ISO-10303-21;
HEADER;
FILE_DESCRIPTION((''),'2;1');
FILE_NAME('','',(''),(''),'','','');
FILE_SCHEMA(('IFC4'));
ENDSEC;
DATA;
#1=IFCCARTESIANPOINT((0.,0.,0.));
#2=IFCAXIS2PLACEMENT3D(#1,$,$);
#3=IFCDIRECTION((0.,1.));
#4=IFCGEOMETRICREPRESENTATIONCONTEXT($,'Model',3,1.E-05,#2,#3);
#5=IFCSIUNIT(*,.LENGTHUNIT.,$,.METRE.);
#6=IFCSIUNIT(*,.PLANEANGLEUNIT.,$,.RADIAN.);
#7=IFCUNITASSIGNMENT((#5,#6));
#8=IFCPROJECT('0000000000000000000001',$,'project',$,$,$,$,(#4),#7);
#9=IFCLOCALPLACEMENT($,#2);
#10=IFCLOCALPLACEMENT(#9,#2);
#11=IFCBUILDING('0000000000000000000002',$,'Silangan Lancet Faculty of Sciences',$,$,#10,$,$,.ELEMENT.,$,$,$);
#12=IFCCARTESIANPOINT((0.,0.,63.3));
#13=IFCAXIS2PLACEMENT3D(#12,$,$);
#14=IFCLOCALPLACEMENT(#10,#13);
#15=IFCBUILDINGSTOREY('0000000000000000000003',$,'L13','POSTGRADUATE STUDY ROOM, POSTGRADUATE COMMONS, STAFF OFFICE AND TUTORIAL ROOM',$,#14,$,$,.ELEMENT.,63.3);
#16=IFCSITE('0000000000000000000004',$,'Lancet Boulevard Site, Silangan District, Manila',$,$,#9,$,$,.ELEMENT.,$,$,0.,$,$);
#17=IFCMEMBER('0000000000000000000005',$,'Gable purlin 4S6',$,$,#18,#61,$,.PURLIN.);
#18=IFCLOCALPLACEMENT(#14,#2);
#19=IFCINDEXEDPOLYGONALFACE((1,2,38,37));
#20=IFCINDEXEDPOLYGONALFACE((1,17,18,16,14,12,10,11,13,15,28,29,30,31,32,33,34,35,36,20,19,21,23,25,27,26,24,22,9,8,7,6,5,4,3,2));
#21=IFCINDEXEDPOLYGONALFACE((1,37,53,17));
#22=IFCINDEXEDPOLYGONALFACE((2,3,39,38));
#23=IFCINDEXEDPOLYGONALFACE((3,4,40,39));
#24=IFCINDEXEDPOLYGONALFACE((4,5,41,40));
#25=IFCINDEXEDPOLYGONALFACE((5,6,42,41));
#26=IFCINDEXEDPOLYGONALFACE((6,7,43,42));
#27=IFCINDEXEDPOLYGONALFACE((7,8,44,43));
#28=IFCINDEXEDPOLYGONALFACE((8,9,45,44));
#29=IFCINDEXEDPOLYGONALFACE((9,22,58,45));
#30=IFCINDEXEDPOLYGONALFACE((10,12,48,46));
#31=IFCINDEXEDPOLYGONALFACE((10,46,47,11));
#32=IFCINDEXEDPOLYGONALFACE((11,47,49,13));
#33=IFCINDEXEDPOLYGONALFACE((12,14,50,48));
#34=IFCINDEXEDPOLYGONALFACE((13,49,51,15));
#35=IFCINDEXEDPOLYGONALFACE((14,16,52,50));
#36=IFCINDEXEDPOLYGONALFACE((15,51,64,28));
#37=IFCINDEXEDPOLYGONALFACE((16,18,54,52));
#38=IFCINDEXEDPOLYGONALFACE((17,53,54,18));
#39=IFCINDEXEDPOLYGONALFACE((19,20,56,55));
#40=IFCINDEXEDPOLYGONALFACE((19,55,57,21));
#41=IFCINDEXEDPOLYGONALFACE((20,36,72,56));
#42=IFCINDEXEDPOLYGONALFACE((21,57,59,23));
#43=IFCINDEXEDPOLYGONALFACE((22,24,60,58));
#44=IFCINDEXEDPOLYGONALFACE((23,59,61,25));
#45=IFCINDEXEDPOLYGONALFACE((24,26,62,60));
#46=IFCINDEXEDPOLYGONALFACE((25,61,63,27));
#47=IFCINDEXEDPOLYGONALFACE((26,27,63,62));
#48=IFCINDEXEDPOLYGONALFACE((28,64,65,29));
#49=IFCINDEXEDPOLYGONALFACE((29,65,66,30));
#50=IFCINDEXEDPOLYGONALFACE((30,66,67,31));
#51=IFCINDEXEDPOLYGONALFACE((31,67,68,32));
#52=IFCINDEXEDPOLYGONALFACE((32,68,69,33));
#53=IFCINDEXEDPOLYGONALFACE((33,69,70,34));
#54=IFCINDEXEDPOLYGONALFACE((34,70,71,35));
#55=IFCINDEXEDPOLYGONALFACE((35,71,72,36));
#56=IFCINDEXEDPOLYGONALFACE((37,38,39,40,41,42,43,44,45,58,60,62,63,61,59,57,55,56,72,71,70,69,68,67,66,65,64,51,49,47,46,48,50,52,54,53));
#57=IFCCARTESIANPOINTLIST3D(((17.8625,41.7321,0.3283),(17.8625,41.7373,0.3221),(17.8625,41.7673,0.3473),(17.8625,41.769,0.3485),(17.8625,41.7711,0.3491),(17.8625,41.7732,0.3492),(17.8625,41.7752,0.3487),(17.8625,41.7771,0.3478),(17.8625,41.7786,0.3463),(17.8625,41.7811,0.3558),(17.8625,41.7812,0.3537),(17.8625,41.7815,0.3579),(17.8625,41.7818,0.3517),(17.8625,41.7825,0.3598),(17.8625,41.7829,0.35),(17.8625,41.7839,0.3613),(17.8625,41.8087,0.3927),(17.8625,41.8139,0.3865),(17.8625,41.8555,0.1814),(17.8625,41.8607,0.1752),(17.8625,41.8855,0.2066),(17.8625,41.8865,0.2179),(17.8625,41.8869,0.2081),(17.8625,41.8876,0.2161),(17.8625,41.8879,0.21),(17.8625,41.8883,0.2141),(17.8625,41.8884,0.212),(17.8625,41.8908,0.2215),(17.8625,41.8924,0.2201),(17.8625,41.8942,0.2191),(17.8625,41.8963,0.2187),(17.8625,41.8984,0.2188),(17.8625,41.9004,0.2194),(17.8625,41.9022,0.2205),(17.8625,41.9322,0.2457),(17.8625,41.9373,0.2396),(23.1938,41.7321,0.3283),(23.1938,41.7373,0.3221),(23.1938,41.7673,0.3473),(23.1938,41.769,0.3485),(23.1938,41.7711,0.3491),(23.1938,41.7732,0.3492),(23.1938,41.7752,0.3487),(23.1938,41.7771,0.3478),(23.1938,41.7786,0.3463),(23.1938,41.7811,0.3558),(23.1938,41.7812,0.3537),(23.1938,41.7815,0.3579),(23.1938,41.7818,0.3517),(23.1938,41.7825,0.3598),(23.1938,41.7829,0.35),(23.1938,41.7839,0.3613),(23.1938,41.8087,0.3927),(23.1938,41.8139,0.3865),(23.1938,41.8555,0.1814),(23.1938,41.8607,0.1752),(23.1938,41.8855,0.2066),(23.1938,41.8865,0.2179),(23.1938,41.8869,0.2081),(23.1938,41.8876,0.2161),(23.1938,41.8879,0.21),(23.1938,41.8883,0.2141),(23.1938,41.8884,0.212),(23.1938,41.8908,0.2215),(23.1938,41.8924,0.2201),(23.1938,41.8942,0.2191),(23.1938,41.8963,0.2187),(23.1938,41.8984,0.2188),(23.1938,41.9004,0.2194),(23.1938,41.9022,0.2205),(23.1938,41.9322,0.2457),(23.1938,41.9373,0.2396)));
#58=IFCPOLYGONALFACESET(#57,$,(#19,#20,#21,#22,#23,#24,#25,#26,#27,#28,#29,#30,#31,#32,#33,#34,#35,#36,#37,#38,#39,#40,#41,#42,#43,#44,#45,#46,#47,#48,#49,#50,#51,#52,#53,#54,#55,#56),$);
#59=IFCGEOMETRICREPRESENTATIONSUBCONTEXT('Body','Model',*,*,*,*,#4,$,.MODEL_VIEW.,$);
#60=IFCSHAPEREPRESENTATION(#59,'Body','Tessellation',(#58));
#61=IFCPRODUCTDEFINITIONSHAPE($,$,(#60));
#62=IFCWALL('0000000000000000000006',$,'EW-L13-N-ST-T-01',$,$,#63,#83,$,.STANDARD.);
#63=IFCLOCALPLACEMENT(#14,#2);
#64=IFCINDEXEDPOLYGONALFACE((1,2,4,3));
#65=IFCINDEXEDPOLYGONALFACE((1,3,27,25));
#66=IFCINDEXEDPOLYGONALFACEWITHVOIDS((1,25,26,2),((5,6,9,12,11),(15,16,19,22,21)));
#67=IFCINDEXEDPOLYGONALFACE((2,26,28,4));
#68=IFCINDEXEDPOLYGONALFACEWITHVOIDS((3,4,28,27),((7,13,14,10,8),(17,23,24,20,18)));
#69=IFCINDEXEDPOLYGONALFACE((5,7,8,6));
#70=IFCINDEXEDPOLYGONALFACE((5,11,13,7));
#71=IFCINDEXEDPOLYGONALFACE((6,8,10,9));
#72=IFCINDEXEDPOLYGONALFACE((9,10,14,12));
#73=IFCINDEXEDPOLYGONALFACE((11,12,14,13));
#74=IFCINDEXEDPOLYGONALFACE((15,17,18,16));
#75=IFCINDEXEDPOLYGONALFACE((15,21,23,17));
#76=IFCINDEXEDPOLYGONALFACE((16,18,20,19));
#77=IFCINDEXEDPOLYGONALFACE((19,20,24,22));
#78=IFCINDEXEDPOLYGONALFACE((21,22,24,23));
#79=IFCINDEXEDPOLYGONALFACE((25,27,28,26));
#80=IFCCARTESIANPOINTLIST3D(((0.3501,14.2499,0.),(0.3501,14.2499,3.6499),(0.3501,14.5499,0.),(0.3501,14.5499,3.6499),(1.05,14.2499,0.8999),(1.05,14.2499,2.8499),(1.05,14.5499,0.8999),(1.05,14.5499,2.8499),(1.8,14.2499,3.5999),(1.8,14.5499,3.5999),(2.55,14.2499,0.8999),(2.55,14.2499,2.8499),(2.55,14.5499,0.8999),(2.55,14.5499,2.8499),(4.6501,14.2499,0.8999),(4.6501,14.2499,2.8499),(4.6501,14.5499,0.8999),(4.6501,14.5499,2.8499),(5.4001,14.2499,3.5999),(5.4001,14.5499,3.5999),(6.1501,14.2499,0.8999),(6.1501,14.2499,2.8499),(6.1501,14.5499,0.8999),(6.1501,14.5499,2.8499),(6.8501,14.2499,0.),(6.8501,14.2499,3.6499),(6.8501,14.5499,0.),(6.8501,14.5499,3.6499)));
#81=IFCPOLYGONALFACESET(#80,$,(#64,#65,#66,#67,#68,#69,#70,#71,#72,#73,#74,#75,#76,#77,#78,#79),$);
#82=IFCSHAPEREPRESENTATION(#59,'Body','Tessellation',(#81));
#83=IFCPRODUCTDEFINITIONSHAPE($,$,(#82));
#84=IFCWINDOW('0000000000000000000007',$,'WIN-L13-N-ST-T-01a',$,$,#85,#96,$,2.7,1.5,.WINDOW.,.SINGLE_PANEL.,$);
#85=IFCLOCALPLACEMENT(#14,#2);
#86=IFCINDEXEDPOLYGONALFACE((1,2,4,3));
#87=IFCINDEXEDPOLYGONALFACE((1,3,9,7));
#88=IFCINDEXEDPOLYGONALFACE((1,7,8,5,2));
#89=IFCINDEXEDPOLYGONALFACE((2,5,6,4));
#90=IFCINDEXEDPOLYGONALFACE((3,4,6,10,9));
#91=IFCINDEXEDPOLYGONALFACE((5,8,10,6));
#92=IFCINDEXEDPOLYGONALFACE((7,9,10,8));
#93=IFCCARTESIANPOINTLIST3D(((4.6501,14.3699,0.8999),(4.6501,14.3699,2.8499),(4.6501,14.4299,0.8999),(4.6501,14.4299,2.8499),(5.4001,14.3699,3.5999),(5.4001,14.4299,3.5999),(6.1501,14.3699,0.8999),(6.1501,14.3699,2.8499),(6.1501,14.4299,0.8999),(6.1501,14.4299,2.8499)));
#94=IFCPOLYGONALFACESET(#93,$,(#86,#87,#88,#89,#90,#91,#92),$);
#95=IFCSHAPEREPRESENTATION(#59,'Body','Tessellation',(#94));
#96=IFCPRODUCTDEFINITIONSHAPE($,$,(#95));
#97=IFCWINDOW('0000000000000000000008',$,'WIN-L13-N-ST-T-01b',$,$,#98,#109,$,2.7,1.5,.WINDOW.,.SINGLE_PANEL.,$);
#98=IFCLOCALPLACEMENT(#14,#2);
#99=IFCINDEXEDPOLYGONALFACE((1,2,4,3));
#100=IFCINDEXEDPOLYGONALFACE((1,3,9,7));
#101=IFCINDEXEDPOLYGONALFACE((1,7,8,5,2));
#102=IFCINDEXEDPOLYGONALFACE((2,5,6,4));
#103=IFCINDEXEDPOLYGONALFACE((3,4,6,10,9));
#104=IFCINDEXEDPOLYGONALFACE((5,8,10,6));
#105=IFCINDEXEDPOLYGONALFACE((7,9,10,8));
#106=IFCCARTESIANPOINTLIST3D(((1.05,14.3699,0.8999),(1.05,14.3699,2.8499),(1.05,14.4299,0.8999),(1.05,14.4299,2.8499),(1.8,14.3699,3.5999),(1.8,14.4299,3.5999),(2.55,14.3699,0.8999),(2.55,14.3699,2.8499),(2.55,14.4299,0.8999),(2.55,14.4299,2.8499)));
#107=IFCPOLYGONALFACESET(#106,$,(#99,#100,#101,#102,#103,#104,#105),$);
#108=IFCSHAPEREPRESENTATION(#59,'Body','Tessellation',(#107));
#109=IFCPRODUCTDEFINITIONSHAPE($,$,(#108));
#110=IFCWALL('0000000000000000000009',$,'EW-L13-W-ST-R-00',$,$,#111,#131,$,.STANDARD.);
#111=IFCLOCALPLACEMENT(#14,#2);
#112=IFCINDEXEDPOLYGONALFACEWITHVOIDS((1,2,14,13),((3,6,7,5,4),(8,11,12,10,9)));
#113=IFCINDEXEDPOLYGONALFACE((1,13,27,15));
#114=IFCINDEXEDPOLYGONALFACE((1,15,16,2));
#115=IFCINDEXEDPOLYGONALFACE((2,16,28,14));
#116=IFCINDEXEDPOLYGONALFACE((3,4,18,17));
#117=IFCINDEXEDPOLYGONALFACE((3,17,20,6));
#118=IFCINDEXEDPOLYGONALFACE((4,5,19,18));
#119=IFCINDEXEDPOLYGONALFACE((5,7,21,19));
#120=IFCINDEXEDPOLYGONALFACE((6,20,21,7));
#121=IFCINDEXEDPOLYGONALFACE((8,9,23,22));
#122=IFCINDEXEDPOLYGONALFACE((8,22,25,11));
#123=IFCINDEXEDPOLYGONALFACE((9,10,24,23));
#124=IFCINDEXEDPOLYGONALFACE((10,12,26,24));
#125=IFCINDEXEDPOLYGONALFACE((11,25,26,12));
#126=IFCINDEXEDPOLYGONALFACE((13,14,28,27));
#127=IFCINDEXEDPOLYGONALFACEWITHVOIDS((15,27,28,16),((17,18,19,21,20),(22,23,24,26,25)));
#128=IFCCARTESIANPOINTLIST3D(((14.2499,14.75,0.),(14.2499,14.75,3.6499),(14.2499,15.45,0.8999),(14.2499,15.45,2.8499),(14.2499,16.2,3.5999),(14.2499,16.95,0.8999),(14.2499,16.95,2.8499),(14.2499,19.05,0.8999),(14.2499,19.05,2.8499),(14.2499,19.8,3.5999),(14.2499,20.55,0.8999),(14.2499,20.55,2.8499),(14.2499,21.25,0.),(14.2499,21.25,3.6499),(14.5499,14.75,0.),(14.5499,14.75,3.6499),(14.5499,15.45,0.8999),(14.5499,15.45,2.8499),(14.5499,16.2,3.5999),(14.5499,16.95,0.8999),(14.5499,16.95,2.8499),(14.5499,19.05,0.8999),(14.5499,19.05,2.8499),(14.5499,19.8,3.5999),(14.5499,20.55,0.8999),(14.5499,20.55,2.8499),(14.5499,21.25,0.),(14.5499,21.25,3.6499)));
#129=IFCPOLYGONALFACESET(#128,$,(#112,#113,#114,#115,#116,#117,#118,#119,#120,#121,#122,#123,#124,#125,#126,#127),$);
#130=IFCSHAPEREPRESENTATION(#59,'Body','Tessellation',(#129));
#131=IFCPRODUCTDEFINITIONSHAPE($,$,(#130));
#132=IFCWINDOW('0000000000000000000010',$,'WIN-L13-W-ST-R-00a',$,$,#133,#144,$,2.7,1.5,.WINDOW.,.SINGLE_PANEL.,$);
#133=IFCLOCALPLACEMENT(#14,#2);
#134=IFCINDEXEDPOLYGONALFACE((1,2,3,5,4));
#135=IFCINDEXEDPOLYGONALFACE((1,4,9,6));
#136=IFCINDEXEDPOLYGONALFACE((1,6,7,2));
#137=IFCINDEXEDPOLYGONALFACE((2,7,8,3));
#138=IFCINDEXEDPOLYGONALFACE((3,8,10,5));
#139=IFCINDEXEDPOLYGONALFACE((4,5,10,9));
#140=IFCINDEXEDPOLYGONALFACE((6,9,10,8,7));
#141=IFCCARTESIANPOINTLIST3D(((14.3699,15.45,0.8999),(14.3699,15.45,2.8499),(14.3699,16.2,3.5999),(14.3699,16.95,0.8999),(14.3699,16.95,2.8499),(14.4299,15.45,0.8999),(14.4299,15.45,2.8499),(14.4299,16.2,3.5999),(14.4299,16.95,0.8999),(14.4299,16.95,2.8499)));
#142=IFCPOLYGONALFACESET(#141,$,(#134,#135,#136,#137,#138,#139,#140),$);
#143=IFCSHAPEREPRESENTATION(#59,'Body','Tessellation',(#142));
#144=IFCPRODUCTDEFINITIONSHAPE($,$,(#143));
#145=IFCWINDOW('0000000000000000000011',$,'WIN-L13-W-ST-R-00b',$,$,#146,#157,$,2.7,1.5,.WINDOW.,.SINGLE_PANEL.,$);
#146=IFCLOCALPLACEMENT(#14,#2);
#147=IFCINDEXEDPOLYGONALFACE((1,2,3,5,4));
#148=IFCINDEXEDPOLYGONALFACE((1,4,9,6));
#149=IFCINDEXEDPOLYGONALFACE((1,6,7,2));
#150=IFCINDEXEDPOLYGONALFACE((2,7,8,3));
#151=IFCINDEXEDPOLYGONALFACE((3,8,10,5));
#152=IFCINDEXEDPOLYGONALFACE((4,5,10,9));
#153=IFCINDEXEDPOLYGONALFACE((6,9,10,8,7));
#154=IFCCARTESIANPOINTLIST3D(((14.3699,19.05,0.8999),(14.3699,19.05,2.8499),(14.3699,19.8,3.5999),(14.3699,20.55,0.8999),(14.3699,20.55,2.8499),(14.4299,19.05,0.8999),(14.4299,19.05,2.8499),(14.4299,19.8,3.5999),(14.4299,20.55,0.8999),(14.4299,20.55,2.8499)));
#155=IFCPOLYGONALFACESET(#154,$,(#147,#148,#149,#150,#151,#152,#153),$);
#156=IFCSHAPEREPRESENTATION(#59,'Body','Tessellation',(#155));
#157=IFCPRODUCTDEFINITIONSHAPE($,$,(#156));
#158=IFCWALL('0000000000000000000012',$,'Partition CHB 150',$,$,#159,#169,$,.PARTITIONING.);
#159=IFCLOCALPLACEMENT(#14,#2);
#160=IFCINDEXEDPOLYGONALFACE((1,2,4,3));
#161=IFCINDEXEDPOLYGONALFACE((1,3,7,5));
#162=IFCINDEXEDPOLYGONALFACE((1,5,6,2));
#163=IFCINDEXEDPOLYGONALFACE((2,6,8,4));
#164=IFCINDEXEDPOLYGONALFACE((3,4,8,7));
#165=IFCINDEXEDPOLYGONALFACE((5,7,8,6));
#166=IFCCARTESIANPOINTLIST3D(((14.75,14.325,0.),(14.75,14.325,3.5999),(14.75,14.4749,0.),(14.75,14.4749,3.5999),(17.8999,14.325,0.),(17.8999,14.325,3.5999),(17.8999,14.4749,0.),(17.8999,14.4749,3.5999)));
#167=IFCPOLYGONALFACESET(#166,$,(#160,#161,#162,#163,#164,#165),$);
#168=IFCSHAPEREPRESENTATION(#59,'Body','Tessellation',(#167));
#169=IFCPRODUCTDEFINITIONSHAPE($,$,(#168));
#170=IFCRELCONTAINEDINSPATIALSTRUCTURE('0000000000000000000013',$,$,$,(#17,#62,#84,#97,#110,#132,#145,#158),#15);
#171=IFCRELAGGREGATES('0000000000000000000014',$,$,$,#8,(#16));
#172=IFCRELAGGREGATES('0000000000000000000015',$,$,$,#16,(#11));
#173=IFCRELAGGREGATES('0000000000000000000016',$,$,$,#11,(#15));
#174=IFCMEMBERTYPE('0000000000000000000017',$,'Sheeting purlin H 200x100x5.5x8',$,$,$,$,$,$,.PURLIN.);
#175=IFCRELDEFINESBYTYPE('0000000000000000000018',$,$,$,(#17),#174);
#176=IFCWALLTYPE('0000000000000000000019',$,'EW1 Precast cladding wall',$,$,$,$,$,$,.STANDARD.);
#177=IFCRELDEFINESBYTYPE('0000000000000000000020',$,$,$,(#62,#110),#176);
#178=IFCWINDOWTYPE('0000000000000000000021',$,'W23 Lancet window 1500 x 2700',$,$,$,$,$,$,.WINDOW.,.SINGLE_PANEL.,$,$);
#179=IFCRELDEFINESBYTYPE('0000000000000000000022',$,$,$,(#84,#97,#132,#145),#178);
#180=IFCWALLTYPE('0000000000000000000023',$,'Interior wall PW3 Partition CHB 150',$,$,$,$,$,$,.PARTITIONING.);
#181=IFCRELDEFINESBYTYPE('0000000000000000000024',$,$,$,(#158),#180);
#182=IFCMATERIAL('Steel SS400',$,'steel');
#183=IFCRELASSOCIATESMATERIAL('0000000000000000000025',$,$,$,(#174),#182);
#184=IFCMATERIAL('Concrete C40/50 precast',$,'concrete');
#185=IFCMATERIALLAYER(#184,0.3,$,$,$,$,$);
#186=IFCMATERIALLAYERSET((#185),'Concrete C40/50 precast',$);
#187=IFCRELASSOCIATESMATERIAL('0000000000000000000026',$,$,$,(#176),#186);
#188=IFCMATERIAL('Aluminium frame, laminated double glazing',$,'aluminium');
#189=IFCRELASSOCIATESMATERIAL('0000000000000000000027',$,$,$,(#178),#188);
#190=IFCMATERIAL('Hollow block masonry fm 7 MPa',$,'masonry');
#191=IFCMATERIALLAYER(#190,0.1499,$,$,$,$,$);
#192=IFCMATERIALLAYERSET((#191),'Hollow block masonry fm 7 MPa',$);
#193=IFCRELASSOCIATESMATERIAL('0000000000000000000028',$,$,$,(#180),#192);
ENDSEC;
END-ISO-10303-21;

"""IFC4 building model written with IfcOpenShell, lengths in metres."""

from ifc_helpers import new_model, si_unit, direction, frame, frame_2d, origin, origin_2d, place, context, subcontext, project, spatial, polyline, rectangle, i_section, outline, extrude, material, layer, layer_set, material_profile, profile_set, type_object, element, fill, save


model = new_model("IFC4")

# Units and contexts
model_context = context("Model", 3, precision=1e-05, world=origin(), true_north=direction((0.0, 1.0)))
body_context = subcontext(model_context, "Body", "Model", "MODEL_VIEW")
ifc_project = project(units=[si_unit("LENGTHUNIT", "METRE"), si_unit("PLANEANGLEUNIT", "RADIAN")], contexts=[model_context])

# Site, building, storey
site_placement = place(None, origin())
site = spatial("IfcSite", under=ifc_project, at=site_placement, Name="Lancet Boulevard Site, Silangan District, Manila", CompositionType="ELEMENT", RefElevation=0.0)
building_placement = place(site_placement, origin())
building = spatial("IfcBuilding", under=site, at=building_placement, Name="Silangan Lancet Faculty of Sciences", CompositionType="ELEMENT")
storey_placement = place(building_placement, frame((0.0, 0.0, 63.3)))
storey = spatial("IfcBuildingStorey", under=building, at=storey_placement, Name="L13", Description="POSTGRADUATE STUDY ROOM, POSTGRADUATE COMMONS, STAFF OFFICE AND TUTORIAL ROOM", CompositionType="ELEMENT", Elevation=63.3)

# Member
ifc_material_1 = material(Name="Steel SS400", Category="steel")
ifc_material_profile_1 = material_profile(ifc_material_1, i_section(OverallWidth=0.1001, OverallDepth=0.2, WebThickness=0.0056, FlangeThickness=0.0081, FilletRadius=0.0081, at=origin_2d()), Name="H 200x100x5.5x8")
ifc_profile_set_1 = profile_set([ifc_material_profile_1], Name="Steel SS400")
member_type = type_object("IfcMemberType", Name="Sheeting purlin H 200x100x5.5x8", PredefinedType="PURLIN", material=ifc_profile_set_1)
for number, where, z_axis, x_axis, name in (
    (1, (17.8625, 41.8347, 0.2839), (1.0, 0.0, 0.0), (0.0, 0.765705, 0.643192), "Gable purlin 4S6"),
):
    element("IfcMember", number, at=place(storey_placement, frame(where, z_axis=z_axis, x_axis=x_axis)), inside=storey, type_object=member_type, Name=name, PredefinedType="PURLIN", context=body_context, shape_type="SweptSolid", body=[
        extrude(i_section(OverallWidth=0.1001, OverallDepth=0.2, WebThickness=0.0056, FlangeThickness=0.0081, FilletRadius=0.0081, at=origin_2d()), origin(), (0.0, 0.0, 1.0), 5.3313),
    ])

# Walls, openings, windows
ifc_material_2 = material(Name="Concrete C40/50 precast", Category="concrete")
ifc_layer_1 = layer(ifc_material_2, 0.3)
ifc_layer_set_1 = layer_set([ifc_layer_1], Name="Concrete C40/50 precast")
wall_type_1 = type_object("IfcWallType", Name="EW1 Precast cladding wall", PredefinedType="STANDARD", material=ifc_layer_set_1)
wall_1_placement = place(storey_placement, frame((6.8501, 14.3999, 0.0), z_axis=(0.0, 0.0, 1.0), x_axis=(-1.0, 0.0, 0.0)))
wall_1 = element("IfcWall", 2, at=wall_1_placement, inside=storey, type_object=wall_type_1, Name="EW-L13-N-ST-T-01", PredefinedType="STANDARD", context=body_context, shape_type="SweptSolid", body=[
    extrude(rectangle(XDim=6.5, YDim=0.3, at=frame_2d((3.25, 0.0))), origin(), (0.0, 0.0, 1.0), 3.6499),
])
opening_1_placement = place(wall_1_placement, frame((0.7, 0.0, 0.8999)))
opening_1 = element("IfcOpeningElement", 3, at=opening_1_placement, cuts=wall_1, PredefinedType="OPENING", context=body_context, shape_type="SweptSolid", body=[
    extrude(outline(polyline([(0.0, 0.0), (1.5, 0.0), (1.5, 1.95), (0.75, 2.7), (0.0, 1.95), (0.0, 0.0)])), frame((0.0, 0.1599, 0.0), z_axis=(0.0, -1.0, 0.0), x_axis=(1.0, 0.0, 0.0)), (0.0, 0.0, 1.0), 0.3201),
])
opening_2_placement = place(wall_1_placement, frame((4.3, 0.0, 0.8999)))
opening_2 = element("IfcOpeningElement", 4, at=opening_2_placement, cuts=wall_1, PredefinedType="OPENING", context=body_context, shape_type="SweptSolid", body=[
    extrude(outline(polyline([(0.0, 0.0), (1.5, 0.0), (1.5, 1.95), (0.75, 2.7), (0.0, 1.95), (0.0, 0.0)])), frame((0.0, 0.1599, 0.0), z_axis=(0.0, -1.0, 0.0), x_axis=(1.0, 0.0, 0.0)), (0.0, 0.0, 1.0), 0.3201),
])
ifc_material_3 = material(Name="Aluminium frame, laminated double glazing", Category="aluminium")
window_type = type_object("IfcWindowType", Name="W23 Lancet window 1500 x 2700", PartitioningType="SINGLE_PANEL", PredefinedType="WINDOW", material=ifc_material_3)
window_1_placement = place(opening_1_placement, origin())
window_1 = element("IfcWindow", 5, at=window_1_placement, inside=storey, type_object=window_type, Name="WIN-L13-N-ST-T-01a", OverallHeight=2.7, OverallWidth=1.5, PartitioningType="SINGLE_PANEL", PredefinedType="WINDOW", context=body_context, shape_type="SweptSolid", body=[
    extrude(outline(polyline([(0.0, 0.0), (1.5, 0.0), (1.5, 1.95), (0.75, 2.7), (0.0, 1.95), (0.0, 0.0)])), frame((0.0, 0.03, 0.0), z_axis=(0.0, -1.0, 0.0), x_axis=(1.0, 0.0, 0.0)), (0.0, 0.0, 1.0), 0.0601),
])
fill(opening_1, window_1)
window_2_placement = place(opening_2_placement, origin())
window_2 = element("IfcWindow", 6, at=window_2_placement, inside=storey, type_object=window_type, Name="WIN-L13-N-ST-T-01b", OverallHeight=2.7, OverallWidth=1.5, PartitioningType="SINGLE_PANEL", PredefinedType="WINDOW", context=body_context, shape_type="SweptSolid", body=[
    extrude(outline(polyline([(0.0, 0.0), (1.5, 0.0), (1.5, 1.95), (0.75, 2.7), (0.0, 1.95), (0.0, 0.0)])), frame((0.0, 0.03, 0.0), z_axis=(0.0, -1.0, 0.0), x_axis=(1.0, 0.0, 0.0)), (0.0, 0.0, 1.0), 0.0601),
])
fill(opening_2, window_2)
wall_2_placement = place(storey_placement, frame((14.3999, 14.75, 0.0), z_axis=(0.0, 0.0, 1.0), x_axis=(0.0, 1.0, 0.0)))
wall_2 = element("IfcWall", 7, at=wall_2_placement, inside=storey, type_object=wall_type_1, Name="EW-L13-W-ST-R-00", PredefinedType="STANDARD", context=body_context, shape_type="SweptSolid", body=[
    extrude(rectangle(XDim=6.5, YDim=0.3, at=frame_2d((3.25, 0.0))), origin(), (0.0, 0.0, 1.0), 3.6499),
])
opening_3_placement = place(wall_2_placement, frame((0.7, 0.0, 0.8999)))
opening_3 = element("IfcOpeningElement", 8, at=opening_3_placement, cuts=wall_2, PredefinedType="OPENING", context=body_context, shape_type="SweptSolid", body=[
    extrude(outline(polyline([(0.0, 0.0), (1.5, 0.0), (1.5, 1.95), (0.75, 2.7), (0.0, 1.95), (0.0, 0.0)])), frame((0.0, 0.1599, 0.0), z_axis=(0.0, -1.0, 0.0), x_axis=(1.0, 0.0, 0.0)), (0.0, 0.0, 1.0), 0.3201),
])
opening_4_placement = place(wall_2_placement, frame((4.3, 0.0, 0.8999)))
opening_4 = element("IfcOpeningElement", 9, at=opening_4_placement, cuts=wall_2, PredefinedType="OPENING", context=body_context, shape_type="SweptSolid", body=[
    extrude(outline(polyline([(0.0, 0.0), (1.5, 0.0), (1.5, 1.95), (0.75, 2.7), (0.0, 1.95), (0.0, 0.0)])), frame((0.0, 0.1599, 0.0), z_axis=(0.0, -1.0, 0.0), x_axis=(1.0, 0.0, 0.0)), (0.0, 0.0, 1.0), 0.3201),
])
window_3_placement = place(opening_3_placement, origin())
window_3 = element("IfcWindow", 10, at=window_3_placement, inside=storey, type_object=window_type, Name="WIN-L13-W-ST-R-00a", OverallHeight=2.7, OverallWidth=1.5, PartitioningType="SINGLE_PANEL", PredefinedType="WINDOW", context=body_context, shape_type="SweptSolid", body=[
    extrude(outline(polyline([(0.0, 0.0), (1.5, 0.0), (1.5, 1.95), (0.75, 2.7), (0.0, 1.95), (0.0, 0.0)])), frame((0.0, 0.03, 0.0), z_axis=(0.0, -1.0, 0.0), x_axis=(1.0, 0.0, 0.0)), (0.0, 0.0, 1.0), 0.0601),
])
fill(opening_3, window_3)
window_4_placement = place(opening_4_placement, origin())
window_4 = element("IfcWindow", 11, at=window_4_placement, inside=storey, type_object=window_type, Name="WIN-L13-W-ST-R-00b", OverallHeight=2.7, OverallWidth=1.5, PartitioningType="SINGLE_PANEL", PredefinedType="WINDOW", context=body_context, shape_type="SweptSolid", body=[
    extrude(outline(polyline([(0.0, 0.0), (1.5, 0.0), (1.5, 1.95), (0.75, 2.7), (0.0, 1.95), (0.0, 0.0)])), frame((0.0, 0.03, 0.0), z_axis=(0.0, -1.0, 0.0), x_axis=(1.0, 0.0, 0.0)), (0.0, 0.0, 1.0), 0.0601),
])
fill(opening_4, window_4)

# Wall
ifc_material_4 = material(Name="Hollow block masonry fm 7 MPa", Category="masonry")
ifc_layer_2 = layer(ifc_material_4, 0.1499)
ifc_layer_set_2 = layer_set([ifc_layer_2], Name="Hollow block masonry fm 7 MPa")
wall_type_2 = type_object("IfcWallType", Name="Interior wall PW3 Partition CHB 150", PredefinedType="PARTITIONING", material=ifc_layer_set_2)
wall_3_placement = place(storey_placement, frame((14.75, 14.3999, 0.0), z_axis=(0.0, 0.0, 1.0), x_axis=(1.0, 0.0, 0.0)))
element("IfcWall", 12, at=wall_3_placement, inside=storey, type_object=wall_type_2, Name="Partition CHB 150", PredefinedType="PARTITIONING", context=body_context, shape_type="SweptSolid", body=[
    extrude(rectangle(XDim=3.1499, YDim=0.1499, at=frame_2d((1.575, 0.0))), origin(), (0.0, 0.0, 1.0), 3.5999),
])

save(model, "model.ifc")
